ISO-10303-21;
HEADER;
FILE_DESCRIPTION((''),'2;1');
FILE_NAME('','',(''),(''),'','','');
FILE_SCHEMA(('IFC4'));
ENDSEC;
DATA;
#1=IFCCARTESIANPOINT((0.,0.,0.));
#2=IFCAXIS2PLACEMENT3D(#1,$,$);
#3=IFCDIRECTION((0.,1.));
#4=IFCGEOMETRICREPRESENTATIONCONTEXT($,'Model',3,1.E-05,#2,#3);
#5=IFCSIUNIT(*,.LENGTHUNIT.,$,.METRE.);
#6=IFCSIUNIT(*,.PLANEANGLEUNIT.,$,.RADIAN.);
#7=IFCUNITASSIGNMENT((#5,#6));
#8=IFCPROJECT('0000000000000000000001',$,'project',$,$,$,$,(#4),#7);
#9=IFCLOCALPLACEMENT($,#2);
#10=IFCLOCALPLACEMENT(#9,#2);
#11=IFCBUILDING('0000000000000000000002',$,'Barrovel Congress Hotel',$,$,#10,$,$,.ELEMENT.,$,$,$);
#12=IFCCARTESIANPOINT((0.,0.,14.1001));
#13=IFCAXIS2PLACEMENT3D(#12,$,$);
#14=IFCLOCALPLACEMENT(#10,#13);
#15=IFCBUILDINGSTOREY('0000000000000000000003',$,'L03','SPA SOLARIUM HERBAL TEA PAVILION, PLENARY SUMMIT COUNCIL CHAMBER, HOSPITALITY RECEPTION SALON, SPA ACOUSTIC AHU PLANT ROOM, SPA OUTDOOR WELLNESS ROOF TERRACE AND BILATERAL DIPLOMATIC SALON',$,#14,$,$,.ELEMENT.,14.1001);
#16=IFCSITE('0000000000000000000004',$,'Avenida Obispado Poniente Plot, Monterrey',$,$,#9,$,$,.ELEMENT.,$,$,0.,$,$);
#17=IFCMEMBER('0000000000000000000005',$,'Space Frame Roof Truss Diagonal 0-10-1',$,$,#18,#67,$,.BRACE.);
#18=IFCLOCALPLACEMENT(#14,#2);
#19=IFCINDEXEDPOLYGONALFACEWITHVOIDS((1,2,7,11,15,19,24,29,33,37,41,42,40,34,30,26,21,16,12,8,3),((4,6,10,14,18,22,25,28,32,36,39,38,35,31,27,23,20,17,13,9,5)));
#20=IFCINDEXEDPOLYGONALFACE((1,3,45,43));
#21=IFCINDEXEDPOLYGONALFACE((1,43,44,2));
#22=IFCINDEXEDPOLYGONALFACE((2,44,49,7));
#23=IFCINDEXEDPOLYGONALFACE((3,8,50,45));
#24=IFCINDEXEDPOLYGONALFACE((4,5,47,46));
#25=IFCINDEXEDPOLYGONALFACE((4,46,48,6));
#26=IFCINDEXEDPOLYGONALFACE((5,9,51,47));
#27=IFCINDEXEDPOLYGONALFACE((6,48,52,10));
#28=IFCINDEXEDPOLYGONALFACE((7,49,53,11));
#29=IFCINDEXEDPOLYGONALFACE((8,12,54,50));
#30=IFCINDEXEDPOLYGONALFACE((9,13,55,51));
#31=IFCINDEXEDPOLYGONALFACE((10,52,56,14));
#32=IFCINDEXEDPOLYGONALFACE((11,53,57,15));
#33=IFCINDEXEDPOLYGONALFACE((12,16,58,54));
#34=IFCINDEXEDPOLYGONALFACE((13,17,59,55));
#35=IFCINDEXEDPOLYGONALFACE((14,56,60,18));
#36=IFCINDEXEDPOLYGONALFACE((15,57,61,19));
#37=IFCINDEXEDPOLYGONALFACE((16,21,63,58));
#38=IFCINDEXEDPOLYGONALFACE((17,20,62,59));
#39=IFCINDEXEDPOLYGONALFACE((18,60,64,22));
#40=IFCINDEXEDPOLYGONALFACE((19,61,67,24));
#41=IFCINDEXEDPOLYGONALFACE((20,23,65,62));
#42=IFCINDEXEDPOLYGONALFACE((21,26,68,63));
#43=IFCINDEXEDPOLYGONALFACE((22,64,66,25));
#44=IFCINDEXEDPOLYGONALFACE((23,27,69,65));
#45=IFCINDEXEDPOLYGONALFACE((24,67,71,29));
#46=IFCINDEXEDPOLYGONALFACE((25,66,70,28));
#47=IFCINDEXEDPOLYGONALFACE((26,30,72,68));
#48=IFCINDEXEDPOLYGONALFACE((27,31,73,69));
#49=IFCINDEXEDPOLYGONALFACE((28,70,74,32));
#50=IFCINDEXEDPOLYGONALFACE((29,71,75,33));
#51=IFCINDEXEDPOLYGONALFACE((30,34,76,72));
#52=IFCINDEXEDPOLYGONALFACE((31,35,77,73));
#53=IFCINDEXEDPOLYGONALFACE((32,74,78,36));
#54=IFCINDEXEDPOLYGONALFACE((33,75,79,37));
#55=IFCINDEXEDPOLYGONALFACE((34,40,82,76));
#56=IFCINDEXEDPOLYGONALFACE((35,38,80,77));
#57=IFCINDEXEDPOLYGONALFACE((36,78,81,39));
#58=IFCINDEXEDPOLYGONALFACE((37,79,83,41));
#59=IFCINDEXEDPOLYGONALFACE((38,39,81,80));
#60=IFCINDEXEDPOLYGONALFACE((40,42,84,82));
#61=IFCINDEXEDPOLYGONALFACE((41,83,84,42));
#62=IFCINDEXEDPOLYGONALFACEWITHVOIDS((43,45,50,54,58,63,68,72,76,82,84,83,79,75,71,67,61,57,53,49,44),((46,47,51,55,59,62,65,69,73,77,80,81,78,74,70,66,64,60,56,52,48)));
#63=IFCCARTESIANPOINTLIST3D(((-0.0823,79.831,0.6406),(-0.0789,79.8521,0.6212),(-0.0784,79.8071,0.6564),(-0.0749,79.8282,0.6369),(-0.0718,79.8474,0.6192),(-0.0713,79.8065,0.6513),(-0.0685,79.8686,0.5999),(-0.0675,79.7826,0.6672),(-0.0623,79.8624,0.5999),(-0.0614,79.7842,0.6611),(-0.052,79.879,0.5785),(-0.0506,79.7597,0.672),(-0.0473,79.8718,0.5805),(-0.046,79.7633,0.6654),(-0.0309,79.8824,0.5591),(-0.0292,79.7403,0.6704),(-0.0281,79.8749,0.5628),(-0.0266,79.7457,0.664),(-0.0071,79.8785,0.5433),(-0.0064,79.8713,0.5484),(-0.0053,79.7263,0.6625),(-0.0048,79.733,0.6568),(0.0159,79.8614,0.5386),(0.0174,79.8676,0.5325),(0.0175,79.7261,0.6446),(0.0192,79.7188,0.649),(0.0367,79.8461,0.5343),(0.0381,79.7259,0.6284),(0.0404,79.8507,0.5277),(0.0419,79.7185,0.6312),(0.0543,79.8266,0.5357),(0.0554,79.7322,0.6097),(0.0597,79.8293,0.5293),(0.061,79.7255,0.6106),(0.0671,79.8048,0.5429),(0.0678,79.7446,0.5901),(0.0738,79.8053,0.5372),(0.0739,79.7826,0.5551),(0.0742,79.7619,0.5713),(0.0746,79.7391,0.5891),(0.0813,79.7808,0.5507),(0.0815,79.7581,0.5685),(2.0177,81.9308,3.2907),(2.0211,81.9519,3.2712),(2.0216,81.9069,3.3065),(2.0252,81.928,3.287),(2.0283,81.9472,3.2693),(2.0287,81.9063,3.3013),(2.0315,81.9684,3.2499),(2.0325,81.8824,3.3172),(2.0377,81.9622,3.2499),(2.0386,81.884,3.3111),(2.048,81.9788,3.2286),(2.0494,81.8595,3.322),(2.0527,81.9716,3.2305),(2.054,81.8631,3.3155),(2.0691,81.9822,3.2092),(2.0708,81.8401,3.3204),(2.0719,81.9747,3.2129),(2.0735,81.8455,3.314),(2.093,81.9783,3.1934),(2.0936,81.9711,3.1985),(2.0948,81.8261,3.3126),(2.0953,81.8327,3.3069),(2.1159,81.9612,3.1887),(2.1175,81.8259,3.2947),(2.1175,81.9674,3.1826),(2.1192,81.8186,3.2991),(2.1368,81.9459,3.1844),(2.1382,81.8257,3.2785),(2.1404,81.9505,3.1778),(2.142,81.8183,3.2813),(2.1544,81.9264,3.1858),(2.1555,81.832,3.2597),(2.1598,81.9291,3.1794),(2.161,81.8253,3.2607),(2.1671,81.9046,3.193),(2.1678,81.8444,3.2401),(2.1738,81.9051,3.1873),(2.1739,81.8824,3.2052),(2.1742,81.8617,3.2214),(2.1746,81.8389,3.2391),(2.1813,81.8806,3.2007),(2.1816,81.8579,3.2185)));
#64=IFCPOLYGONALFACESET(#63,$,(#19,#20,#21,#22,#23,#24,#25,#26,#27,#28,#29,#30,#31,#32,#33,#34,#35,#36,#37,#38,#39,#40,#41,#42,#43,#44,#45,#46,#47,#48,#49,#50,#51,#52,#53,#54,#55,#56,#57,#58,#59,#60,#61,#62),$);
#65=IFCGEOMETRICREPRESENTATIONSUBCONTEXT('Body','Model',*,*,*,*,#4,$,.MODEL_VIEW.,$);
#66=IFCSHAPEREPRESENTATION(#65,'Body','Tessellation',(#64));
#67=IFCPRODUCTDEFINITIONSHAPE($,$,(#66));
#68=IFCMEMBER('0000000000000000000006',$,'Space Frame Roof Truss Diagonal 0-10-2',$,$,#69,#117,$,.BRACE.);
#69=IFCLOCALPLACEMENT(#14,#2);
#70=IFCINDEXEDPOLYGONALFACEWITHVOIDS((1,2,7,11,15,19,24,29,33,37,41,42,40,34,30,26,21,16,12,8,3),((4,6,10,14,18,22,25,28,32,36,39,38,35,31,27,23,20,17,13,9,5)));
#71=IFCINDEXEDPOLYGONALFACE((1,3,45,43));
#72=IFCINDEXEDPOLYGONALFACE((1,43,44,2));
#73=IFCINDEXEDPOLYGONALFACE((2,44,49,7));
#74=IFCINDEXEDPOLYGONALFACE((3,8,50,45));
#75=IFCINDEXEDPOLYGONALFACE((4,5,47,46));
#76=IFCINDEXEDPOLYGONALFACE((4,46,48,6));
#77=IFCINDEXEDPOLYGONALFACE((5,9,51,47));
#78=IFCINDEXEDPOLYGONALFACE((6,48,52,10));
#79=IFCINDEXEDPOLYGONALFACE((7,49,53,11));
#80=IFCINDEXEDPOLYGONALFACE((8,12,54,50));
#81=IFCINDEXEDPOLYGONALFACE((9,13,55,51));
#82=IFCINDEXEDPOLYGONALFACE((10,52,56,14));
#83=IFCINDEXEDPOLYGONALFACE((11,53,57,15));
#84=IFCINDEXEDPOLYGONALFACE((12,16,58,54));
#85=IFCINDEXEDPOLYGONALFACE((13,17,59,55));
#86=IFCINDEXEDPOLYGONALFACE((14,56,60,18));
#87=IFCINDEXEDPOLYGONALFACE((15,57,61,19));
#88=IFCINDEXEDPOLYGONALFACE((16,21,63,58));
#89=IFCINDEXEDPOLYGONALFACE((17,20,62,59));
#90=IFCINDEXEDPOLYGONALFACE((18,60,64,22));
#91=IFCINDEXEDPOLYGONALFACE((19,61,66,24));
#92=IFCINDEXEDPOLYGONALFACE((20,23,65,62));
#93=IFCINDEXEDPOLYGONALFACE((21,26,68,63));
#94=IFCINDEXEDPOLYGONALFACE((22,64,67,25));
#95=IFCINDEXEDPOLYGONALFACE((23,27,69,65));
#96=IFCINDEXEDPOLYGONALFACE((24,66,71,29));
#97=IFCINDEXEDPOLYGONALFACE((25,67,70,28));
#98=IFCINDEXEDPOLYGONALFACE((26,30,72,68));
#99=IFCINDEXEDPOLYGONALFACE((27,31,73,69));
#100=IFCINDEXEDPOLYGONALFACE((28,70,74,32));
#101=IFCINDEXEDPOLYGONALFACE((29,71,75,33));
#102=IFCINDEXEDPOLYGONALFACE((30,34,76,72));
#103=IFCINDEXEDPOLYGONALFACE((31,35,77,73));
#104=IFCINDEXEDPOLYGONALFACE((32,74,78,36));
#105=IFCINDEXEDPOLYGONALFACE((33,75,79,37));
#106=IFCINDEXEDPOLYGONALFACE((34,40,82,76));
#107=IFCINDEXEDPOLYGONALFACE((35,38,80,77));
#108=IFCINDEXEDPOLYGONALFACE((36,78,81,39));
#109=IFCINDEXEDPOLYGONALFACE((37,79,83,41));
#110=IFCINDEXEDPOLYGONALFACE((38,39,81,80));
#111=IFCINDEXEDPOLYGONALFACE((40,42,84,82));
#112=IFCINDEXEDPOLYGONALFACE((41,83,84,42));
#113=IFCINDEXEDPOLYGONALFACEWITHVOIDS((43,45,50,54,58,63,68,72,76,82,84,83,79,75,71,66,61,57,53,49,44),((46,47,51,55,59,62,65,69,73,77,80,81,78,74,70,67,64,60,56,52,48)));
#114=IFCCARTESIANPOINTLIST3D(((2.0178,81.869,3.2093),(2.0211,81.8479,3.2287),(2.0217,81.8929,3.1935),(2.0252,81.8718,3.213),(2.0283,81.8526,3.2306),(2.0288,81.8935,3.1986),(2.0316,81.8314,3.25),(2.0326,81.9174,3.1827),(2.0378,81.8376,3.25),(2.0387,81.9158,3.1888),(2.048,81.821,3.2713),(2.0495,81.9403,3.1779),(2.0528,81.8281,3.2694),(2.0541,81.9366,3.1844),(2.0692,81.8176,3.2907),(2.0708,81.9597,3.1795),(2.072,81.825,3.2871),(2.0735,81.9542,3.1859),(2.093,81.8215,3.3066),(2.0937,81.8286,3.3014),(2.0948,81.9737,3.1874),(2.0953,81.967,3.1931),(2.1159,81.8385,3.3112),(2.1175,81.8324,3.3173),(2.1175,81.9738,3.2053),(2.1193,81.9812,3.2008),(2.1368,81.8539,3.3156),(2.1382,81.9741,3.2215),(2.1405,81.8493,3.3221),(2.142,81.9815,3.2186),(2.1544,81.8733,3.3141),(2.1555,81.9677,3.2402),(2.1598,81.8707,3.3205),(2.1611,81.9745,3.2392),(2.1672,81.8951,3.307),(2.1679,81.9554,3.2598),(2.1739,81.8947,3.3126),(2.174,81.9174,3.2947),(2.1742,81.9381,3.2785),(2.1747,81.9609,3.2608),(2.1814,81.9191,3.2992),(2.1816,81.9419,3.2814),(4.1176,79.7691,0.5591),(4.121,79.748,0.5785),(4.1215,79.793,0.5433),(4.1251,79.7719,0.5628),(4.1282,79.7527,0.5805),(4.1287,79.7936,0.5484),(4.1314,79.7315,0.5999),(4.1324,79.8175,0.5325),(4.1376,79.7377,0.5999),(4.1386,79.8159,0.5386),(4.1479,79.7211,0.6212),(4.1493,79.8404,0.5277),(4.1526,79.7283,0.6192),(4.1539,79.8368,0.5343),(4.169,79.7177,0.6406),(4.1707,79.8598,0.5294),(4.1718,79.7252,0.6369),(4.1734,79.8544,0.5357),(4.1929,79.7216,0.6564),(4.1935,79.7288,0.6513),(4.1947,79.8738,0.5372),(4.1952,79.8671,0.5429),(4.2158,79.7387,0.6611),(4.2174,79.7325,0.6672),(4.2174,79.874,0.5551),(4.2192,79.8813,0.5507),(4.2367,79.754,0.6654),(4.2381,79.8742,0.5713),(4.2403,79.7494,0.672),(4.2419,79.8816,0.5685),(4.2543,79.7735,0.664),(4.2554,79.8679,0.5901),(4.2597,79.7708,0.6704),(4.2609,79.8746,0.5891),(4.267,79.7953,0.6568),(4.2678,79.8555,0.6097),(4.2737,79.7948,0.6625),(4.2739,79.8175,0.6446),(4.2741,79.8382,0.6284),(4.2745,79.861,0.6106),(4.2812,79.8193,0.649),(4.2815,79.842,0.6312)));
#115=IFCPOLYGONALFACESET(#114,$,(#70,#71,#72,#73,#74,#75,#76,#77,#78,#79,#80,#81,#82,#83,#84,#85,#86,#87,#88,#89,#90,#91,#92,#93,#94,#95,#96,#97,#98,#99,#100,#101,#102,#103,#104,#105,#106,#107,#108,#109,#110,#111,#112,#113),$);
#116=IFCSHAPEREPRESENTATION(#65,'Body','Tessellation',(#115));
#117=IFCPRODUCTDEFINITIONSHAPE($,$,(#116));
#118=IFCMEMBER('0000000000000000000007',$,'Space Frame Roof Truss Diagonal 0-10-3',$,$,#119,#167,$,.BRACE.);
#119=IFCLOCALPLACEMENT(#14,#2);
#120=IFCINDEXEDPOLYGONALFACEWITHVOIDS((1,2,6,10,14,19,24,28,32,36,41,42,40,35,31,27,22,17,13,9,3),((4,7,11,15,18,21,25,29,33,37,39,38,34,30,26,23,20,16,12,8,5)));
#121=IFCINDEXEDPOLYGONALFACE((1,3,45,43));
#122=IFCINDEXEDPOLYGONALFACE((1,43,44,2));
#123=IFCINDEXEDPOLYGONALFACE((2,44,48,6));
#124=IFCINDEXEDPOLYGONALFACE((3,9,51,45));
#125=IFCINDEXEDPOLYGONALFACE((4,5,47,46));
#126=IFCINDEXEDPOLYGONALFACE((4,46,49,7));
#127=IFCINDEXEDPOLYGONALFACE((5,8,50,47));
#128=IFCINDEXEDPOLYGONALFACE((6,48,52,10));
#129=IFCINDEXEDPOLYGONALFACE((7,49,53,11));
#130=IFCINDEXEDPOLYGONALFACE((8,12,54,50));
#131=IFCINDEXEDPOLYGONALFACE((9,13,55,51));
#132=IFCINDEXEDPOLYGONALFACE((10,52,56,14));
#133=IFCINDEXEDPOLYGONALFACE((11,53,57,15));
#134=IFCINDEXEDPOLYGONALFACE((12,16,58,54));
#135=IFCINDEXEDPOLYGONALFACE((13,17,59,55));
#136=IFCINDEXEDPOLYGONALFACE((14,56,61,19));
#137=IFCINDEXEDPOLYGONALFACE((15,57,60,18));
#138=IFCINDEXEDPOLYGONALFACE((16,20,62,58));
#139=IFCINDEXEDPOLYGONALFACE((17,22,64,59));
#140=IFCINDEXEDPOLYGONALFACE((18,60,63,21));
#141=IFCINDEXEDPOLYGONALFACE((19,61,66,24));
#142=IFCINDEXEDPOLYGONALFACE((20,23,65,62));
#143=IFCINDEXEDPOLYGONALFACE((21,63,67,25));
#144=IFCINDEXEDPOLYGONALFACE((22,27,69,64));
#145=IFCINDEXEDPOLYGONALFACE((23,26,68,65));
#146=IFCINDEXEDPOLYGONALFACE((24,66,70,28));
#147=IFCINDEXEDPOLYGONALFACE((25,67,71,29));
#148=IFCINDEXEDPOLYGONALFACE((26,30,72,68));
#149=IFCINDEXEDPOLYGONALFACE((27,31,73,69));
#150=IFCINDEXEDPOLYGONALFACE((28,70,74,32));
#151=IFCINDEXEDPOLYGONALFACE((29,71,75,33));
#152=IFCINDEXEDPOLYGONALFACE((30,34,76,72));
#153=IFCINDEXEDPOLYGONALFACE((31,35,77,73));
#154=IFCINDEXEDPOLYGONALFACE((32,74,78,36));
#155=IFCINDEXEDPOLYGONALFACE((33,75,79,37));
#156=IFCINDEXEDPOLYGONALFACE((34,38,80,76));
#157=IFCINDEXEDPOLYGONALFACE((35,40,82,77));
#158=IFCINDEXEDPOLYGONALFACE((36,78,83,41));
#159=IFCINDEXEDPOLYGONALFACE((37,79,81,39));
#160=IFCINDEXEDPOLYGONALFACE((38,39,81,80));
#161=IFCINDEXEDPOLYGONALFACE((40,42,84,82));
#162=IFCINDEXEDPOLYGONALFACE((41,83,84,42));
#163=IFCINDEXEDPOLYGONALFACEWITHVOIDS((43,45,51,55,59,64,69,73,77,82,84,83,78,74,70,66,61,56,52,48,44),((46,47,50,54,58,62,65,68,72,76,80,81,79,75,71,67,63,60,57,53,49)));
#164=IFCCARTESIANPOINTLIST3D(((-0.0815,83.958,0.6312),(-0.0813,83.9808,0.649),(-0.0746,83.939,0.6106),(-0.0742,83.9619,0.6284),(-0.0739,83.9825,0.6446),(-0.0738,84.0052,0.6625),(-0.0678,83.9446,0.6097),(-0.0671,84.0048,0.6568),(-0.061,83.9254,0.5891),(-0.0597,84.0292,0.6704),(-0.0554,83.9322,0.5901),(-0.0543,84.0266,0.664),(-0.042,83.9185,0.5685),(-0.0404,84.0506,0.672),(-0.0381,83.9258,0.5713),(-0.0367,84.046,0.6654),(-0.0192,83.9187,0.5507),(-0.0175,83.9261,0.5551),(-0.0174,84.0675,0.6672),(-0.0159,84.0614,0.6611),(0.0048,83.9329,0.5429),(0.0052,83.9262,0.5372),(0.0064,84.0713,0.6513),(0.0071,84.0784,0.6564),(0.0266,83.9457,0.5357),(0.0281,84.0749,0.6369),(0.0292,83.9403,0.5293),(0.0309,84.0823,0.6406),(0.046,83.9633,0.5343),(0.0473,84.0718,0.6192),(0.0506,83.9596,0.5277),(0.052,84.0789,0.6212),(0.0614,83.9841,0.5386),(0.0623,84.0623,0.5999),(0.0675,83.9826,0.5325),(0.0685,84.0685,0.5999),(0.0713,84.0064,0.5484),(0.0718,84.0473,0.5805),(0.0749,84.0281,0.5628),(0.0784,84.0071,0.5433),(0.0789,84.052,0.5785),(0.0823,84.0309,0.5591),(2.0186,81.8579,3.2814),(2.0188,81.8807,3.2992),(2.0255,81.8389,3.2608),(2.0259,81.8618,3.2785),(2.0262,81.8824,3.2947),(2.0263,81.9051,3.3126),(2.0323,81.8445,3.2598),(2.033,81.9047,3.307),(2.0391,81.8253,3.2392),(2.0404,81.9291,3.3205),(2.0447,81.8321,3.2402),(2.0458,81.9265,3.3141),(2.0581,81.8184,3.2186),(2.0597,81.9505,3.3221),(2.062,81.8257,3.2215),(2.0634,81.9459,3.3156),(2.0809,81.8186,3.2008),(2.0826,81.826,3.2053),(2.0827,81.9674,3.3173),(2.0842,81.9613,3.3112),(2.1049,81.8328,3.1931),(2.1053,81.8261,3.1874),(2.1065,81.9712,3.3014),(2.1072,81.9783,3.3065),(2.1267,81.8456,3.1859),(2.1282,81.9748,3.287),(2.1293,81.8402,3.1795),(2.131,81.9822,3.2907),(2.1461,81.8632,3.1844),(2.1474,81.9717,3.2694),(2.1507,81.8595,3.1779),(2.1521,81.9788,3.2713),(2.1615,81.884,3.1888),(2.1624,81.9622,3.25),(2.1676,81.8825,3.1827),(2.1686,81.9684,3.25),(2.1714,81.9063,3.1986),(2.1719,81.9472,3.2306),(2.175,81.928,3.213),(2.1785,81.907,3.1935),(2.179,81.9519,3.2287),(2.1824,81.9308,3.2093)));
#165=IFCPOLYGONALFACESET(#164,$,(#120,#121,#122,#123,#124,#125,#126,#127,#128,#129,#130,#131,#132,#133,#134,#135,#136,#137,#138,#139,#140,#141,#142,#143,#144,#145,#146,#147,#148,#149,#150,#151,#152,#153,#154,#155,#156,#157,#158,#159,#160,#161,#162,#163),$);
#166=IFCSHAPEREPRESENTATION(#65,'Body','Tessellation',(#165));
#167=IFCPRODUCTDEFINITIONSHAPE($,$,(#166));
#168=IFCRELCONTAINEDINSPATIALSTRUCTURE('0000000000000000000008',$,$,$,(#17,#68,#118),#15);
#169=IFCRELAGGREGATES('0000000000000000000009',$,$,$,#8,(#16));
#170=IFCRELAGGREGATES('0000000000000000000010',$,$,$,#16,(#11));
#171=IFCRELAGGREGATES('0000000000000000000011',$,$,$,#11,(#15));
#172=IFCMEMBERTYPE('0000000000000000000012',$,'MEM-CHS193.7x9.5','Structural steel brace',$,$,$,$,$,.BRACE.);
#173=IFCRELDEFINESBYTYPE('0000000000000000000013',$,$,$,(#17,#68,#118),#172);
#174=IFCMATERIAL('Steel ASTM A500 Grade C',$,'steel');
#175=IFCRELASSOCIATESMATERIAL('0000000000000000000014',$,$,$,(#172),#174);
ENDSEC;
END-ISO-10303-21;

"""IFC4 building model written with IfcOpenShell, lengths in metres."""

from ifc_helpers import new_model, si_unit, direction, frame, origin, origin_2d, place, context, subcontext, project, spatial, hollow_circle, extrude, material, material_profile, profile_set, type_object, element, save


model = new_model("IFC4")

# Units and contexts
model_context = context("Model", 3, precision=1e-05, world=origin(), true_north=direction((0.0, 1.0)))
body_context = subcontext(model_context, "Body", "Model", "MODEL_VIEW")
ifc_project = project(units=[si_unit("LENGTHUNIT", "METRE"), si_unit("PLANEANGLEUNIT", "RADIAN")], contexts=[model_context])

# Site, building, storey
site_placement = place(None, origin())
site = spatial("IfcSite", under=ifc_project, at=site_placement, Name="Avenida Obispado Poniente Plot, Monterrey", CompositionType="ELEMENT", RefElevation=0.0)
building_placement = place(site_placement, origin())
building = spatial("IfcBuilding", under=site, at=building_placement, Name="Barrovel Congress Hotel", CompositionType="ELEMENT")
storey_placement = place(building_placement, frame((0.0, 0.0, 14.1001)))
storey = spatial("IfcBuildingStorey", under=building, at=storey_placement, Name="L03", Description="SPA SOLARIUM HERBAL TEA PAVILION, PLENARY SUMMIT COUNCIL CHAMBER, HOSPITALITY RECEPTION SALON, SPA ACOUSTIC AHU PLANT ROOM, SPA OUTDOOR WELLNESS ROOF TERRACE AND BILATERAL DIPLOMATIC SALON", CompositionType="ELEMENT", Elevation=14.1001)

# Members
ifc_material_1 = material(Name="Steel ASTM A500 Grade C", Category="steel")
ifc_material_profile_1 = material_profile(ifc_material_1, hollow_circle(Radius=0.0969, WallThickness=0.0088, at=origin_2d()), Name="CHS193.7x9.5")
ifc_profile_set_1 = profile_set([ifc_material_profile_1], Name="Steel ASTM A500 Grade C")
member_type_1 = type_object("IfcMemberType", Name="MEM-CHS193.7x9.5", Description="Structural steel brace", PredefinedType="BRACE", material=ifc_profile_set_1)
for number, where, z_axis, x_axis, name in (
    (1, (0.0, 79.8, 0.5999), (0.527618, 0.527557, 0.66581), (-0.707066, 0.707148, 0.0), "Space Frame Roof Truss Diagonal 0-10-1"),
    (2, (4.2, 79.8, 0.5999), (-0.527574, 0.527574, 0.665831), (-0.707107, -0.707107, 0.0), "Space Frame Roof Truss Diagonal 0-10-2"),
):
    element("IfcMember", number, at=place(storey_placement, frame(where, z_axis=z_axis, x_axis=x_axis)), inside=storey, type_object=member_type_1, Name=name, PredefinedType="BRACE", context=body_context, shape_type="SweptSolid", body=[
        extrude(hollow_circle(Radius=0.0969, WallThickness=0.0088, at=origin_2d()), origin(), (0.0, 0.0, 1.0), 3.9802),
    ])
member_1_placement = place(storey_placement, frame((0.0, 84.0, 0.5999), z_axis=(0.527601, -0.527601, 0.665788), x_axis=(0.707107, 0.707107, 0.0)))
element("IfcMember", 3, at=member_1_placement, inside=storey, type_object=member_type_1, Name="Space Frame Roof Truss Diagonal 0-10-3", PredefinedType="BRACE", context=body_context, shape_type="SweptSolid", body=[
    extrude(hollow_circle(Radius=0.0969, WallThickness=0.0088, at=origin_2d()), origin(), (0.0, 0.0, 1.0), 3.9805),
])

save(model, "model.ifc")
